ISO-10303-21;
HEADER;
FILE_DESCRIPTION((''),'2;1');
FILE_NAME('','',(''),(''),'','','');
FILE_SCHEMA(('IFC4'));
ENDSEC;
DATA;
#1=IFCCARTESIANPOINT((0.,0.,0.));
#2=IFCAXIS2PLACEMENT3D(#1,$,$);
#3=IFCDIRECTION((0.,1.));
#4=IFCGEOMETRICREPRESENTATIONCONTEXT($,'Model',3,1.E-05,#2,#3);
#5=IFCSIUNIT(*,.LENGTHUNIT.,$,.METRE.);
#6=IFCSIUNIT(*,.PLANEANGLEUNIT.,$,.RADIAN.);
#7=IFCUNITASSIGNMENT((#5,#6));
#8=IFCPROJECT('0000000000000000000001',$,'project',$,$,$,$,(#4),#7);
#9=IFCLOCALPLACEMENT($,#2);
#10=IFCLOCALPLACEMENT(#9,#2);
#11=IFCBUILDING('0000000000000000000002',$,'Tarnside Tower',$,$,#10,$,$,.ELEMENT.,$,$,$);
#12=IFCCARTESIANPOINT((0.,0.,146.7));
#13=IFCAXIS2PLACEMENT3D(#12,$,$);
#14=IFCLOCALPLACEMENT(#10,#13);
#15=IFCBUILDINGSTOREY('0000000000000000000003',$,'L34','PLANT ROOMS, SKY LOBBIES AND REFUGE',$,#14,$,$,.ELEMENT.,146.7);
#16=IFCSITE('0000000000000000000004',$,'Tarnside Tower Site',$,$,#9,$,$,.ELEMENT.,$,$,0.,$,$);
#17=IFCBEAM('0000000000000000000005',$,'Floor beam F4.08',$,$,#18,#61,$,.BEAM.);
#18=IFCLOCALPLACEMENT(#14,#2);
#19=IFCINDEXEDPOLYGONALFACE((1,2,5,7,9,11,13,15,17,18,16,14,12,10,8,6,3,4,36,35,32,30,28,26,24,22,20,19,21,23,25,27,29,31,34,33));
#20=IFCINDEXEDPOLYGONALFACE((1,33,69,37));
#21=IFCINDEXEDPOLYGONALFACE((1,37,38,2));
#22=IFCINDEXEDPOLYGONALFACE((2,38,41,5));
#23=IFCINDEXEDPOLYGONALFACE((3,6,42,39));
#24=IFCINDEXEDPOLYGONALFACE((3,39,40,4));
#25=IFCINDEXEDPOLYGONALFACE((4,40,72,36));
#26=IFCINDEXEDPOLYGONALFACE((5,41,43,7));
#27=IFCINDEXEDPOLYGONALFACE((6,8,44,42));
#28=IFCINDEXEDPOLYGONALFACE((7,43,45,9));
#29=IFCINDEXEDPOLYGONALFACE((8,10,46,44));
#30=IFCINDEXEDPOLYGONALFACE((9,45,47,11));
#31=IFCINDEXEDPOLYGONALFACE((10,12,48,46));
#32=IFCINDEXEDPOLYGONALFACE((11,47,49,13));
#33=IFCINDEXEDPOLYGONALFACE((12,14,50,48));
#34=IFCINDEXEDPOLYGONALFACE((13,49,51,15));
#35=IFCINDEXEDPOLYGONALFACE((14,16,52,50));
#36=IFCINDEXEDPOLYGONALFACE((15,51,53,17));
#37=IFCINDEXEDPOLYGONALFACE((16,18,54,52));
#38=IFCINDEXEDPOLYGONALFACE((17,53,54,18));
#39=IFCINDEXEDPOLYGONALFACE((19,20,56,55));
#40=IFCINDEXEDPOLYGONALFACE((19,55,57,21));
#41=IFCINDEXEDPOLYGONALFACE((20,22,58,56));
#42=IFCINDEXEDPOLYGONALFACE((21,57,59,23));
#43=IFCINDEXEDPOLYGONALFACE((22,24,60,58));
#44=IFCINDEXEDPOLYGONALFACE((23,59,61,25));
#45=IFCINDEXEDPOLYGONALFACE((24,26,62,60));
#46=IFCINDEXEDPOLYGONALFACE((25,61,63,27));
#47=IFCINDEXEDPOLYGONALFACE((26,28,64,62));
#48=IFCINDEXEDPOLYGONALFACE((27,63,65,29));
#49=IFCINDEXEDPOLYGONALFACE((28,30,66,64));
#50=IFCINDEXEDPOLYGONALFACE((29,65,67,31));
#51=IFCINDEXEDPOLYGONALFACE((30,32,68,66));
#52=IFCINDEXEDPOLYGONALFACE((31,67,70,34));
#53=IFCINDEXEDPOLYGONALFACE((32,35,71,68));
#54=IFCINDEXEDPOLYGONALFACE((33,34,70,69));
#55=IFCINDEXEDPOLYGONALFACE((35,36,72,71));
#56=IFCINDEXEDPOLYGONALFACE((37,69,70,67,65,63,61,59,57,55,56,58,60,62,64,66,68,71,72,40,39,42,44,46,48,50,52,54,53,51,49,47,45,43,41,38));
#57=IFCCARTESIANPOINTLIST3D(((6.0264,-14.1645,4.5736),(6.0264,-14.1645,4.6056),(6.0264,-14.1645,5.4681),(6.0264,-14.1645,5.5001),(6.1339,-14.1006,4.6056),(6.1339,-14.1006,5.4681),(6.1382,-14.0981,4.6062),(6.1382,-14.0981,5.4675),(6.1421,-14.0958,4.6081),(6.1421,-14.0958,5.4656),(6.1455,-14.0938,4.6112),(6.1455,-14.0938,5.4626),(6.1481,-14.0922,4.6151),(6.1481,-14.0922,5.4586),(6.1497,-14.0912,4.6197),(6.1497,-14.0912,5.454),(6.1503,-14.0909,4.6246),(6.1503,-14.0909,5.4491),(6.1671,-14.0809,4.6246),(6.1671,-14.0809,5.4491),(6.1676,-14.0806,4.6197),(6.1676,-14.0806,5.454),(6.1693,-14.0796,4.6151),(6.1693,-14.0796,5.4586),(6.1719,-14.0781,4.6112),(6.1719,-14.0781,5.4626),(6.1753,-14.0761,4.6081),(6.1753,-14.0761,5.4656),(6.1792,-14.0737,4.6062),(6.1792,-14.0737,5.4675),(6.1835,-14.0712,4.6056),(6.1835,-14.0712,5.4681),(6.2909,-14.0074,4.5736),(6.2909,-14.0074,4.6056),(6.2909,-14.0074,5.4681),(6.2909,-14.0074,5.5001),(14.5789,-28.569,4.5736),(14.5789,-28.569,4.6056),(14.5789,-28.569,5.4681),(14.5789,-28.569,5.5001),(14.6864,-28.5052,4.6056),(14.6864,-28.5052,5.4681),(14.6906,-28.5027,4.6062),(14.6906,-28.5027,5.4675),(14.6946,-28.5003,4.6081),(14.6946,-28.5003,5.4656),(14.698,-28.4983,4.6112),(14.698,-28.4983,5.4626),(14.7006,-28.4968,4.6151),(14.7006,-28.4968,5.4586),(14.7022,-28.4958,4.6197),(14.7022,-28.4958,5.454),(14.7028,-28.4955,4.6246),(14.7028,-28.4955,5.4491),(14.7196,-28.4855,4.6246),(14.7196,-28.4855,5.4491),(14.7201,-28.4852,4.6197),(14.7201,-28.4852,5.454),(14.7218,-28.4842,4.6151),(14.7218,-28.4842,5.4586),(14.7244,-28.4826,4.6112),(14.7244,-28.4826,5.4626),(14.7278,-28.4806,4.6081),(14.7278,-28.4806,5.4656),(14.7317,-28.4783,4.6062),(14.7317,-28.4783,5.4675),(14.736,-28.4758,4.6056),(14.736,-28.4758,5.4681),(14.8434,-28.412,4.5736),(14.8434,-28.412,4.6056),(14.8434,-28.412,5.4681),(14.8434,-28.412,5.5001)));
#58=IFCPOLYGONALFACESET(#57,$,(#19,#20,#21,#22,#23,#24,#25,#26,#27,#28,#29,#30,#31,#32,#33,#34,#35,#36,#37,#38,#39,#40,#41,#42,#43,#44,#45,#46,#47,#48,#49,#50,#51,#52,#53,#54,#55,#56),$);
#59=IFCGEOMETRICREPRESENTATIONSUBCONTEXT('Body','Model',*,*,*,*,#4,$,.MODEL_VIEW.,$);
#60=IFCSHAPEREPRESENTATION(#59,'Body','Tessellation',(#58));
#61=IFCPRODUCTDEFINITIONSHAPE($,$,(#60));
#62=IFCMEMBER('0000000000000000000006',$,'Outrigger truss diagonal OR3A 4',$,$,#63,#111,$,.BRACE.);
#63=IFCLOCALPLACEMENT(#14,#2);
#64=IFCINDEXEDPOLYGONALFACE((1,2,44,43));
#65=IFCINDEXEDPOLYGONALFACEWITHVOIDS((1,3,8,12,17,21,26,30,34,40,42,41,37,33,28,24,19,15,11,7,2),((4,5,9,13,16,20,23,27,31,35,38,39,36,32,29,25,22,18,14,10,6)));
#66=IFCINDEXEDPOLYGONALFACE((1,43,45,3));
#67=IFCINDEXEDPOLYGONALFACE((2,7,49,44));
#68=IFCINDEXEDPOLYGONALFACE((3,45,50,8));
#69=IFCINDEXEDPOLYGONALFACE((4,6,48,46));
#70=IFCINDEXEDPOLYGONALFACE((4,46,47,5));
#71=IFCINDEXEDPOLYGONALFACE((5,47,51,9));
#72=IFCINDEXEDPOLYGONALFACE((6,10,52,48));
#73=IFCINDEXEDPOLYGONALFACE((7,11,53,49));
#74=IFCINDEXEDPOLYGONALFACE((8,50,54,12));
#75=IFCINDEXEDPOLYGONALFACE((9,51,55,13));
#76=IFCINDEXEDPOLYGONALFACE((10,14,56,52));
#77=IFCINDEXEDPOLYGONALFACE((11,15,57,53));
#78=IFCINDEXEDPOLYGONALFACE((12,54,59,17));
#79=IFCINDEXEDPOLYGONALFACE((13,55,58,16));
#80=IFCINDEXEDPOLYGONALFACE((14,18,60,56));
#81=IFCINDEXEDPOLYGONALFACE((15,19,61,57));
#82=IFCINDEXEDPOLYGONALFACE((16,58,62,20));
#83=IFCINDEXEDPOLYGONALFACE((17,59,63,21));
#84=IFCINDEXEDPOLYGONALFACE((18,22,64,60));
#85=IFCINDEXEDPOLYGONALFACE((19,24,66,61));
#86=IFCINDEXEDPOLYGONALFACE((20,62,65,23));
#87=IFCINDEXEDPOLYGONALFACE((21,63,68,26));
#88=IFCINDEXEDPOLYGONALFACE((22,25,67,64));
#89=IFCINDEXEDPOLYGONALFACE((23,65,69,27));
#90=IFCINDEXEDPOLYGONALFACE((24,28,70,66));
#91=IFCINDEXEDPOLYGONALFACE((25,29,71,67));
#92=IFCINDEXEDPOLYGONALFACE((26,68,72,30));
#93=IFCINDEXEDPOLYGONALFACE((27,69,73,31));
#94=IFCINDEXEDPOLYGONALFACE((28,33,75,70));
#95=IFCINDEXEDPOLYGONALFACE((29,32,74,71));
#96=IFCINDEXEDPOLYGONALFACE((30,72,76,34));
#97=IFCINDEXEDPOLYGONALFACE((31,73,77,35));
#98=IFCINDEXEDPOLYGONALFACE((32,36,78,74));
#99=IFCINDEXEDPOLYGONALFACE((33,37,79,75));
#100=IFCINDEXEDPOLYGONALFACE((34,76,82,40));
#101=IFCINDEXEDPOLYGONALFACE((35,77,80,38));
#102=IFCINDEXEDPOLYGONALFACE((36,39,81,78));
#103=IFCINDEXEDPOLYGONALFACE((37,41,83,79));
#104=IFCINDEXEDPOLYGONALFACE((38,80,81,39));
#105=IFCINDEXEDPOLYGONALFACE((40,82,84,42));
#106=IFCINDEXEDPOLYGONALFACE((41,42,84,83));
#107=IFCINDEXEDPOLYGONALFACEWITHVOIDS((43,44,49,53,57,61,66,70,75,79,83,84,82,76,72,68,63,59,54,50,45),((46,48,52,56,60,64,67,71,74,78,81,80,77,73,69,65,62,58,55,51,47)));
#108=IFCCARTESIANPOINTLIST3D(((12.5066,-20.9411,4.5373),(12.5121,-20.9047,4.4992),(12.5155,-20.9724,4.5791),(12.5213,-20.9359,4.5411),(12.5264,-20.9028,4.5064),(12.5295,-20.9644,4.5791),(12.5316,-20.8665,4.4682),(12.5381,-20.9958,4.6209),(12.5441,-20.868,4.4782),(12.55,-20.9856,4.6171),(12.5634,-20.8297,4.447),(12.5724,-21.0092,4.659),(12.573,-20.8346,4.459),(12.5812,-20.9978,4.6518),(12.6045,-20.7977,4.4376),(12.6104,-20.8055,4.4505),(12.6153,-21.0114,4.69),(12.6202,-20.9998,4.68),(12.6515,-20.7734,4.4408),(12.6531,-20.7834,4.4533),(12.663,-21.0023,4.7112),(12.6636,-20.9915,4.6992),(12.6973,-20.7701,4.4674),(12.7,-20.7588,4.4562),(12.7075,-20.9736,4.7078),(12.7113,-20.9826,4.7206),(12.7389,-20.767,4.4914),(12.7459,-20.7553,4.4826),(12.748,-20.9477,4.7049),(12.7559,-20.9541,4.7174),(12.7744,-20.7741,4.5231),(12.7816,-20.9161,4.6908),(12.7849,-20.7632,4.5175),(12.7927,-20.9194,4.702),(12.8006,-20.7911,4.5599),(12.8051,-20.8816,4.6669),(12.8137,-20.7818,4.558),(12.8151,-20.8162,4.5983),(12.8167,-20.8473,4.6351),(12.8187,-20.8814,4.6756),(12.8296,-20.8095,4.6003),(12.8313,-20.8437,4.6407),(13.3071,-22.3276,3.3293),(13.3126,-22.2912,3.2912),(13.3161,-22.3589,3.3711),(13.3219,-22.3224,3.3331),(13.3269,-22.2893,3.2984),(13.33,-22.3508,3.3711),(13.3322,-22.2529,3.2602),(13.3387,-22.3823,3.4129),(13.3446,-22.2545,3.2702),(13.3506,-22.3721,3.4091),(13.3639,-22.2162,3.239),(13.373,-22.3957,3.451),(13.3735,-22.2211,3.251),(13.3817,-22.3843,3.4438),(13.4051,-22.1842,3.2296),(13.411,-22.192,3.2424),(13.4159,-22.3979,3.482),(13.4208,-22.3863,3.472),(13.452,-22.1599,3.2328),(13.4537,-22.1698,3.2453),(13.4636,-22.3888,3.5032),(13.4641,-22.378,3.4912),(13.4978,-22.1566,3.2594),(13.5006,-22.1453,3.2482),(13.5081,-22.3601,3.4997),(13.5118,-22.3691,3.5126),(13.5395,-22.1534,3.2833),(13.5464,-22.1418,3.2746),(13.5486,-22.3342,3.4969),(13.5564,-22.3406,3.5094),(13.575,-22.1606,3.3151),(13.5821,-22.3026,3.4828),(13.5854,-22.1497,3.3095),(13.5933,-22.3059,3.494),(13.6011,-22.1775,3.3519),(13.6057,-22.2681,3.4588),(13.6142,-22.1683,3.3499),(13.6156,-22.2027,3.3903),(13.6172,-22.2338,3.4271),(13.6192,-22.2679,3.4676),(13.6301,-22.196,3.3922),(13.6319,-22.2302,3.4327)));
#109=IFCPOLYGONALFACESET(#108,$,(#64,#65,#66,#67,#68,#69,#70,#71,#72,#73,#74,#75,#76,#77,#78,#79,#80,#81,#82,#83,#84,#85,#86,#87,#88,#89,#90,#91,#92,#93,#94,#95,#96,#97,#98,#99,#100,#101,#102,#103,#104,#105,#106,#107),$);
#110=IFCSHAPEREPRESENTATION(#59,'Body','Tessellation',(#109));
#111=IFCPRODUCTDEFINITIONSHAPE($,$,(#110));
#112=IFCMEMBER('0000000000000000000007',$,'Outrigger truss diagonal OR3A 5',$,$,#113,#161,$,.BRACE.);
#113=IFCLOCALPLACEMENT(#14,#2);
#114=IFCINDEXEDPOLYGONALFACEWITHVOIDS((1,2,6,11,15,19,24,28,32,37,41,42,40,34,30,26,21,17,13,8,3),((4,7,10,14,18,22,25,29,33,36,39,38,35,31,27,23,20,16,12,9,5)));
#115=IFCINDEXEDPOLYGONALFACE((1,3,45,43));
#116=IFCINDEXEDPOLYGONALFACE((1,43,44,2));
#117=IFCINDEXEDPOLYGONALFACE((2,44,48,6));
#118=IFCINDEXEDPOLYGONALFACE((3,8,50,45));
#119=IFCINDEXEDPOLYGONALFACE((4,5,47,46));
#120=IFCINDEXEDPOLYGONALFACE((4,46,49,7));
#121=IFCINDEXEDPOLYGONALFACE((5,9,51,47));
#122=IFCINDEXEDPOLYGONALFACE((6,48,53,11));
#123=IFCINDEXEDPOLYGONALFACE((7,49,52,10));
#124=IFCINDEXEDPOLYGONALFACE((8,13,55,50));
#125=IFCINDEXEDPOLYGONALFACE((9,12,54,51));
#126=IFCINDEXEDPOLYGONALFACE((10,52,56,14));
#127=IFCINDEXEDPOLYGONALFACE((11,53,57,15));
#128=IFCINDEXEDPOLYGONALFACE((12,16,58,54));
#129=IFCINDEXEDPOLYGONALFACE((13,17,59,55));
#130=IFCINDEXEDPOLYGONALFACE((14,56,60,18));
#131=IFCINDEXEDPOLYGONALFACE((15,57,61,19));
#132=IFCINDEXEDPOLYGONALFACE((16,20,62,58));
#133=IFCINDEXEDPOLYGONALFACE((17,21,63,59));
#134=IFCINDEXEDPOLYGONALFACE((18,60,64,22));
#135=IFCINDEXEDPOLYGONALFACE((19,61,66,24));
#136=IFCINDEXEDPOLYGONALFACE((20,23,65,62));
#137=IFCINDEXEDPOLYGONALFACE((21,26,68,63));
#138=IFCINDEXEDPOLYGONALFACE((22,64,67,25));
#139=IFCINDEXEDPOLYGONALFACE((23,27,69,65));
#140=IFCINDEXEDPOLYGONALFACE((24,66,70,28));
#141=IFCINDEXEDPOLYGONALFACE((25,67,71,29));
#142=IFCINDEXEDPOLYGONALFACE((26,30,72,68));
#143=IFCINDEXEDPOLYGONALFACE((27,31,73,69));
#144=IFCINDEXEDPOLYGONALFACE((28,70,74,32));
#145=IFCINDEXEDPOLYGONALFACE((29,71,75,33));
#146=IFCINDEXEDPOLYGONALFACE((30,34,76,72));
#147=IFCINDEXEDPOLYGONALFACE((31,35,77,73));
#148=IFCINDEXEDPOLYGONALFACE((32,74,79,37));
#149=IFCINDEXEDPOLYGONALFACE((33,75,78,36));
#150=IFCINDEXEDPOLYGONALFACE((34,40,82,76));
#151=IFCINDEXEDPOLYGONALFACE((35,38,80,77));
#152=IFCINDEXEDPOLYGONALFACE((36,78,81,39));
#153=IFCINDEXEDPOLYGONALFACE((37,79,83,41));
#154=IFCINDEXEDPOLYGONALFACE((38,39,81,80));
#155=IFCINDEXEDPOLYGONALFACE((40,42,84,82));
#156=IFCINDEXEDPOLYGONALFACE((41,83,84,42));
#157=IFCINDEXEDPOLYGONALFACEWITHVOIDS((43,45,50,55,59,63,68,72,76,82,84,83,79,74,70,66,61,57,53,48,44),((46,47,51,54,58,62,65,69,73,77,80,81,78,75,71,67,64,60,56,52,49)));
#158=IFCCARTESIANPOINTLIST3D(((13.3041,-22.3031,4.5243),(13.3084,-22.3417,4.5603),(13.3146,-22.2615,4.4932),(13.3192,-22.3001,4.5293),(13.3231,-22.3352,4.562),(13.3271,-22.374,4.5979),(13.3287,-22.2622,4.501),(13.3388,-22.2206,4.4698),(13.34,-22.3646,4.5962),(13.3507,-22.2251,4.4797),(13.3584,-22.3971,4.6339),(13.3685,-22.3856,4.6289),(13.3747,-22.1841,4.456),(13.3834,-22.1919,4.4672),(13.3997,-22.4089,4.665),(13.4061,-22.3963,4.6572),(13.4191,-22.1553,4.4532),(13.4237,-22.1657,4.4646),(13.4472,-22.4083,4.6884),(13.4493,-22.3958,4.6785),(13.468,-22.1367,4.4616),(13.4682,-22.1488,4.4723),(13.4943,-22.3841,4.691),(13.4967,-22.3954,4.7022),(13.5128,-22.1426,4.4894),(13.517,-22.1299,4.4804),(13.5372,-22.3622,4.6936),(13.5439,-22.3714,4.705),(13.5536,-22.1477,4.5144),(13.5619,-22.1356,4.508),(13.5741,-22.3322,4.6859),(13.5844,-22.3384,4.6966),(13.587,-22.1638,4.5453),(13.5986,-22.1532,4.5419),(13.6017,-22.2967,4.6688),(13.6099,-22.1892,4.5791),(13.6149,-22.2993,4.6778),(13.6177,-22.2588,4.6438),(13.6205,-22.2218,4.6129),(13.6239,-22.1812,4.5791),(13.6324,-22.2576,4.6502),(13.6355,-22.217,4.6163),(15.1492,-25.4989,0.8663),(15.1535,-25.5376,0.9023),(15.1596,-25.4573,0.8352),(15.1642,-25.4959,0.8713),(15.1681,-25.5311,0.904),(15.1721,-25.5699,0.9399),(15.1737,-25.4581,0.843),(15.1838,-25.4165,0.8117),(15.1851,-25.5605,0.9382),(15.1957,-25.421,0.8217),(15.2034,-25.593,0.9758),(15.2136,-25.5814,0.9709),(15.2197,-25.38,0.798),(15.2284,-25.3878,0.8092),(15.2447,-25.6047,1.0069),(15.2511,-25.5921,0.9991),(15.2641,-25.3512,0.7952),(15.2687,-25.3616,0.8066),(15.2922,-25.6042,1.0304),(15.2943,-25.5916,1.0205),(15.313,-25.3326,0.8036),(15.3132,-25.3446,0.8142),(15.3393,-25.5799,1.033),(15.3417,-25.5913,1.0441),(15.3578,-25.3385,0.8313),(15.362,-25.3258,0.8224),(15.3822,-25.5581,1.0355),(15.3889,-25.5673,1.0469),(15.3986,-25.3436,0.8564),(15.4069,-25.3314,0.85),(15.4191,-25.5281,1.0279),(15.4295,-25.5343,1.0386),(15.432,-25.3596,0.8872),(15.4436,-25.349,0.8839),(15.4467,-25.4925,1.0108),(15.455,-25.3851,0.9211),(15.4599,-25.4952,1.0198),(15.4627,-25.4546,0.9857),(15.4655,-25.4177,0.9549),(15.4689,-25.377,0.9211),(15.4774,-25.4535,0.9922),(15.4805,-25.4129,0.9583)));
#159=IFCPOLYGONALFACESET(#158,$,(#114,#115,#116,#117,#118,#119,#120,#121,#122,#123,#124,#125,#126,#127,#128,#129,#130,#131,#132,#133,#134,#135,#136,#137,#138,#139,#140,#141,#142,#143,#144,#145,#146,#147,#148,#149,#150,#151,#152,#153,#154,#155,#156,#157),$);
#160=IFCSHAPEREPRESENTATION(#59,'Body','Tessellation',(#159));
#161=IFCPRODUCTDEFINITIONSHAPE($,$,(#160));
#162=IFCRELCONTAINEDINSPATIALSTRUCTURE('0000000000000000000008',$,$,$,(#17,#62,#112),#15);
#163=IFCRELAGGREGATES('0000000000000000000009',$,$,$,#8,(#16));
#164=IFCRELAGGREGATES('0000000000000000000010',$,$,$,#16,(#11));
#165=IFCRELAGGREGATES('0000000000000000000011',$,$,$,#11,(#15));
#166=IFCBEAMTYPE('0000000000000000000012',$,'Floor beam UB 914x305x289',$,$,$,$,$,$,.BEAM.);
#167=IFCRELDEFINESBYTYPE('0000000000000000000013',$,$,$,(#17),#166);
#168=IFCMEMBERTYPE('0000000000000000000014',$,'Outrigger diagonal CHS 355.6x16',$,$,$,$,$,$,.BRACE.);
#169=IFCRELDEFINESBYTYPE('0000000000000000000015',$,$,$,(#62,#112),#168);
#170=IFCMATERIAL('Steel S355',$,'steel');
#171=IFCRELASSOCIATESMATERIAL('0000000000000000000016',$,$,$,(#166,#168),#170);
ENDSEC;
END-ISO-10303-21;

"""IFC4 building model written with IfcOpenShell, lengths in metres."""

from ifc_helpers import new_model, si_unit, direction, frame, origin, origin_2d, place, context, subcontext, project, spatial, hollow_circle, i_section, extrude, material, material_profile, profile_set, type_object, element, save


model = new_model("IFC4")

# Units and contexts
model_context = context("Model", 3, precision=1e-05, world=origin(), true_north=direction((0.0, 1.0)))
body_context = subcontext(model_context, "Body", "Model", "MODEL_VIEW")
ifc_project = project(units=[si_unit("LENGTHUNIT", "METRE"), si_unit("PLANEANGLEUNIT", "RADIAN")], contexts=[model_context])

# Site, building, storey
site_placement = place(None, origin())
site = spatial("IfcSite", under=ifc_project, at=site_placement, Name="Tarnside Tower Site", CompositionType="ELEMENT", RefElevation=0.0)
building_placement = place(site_placement, origin())
building = spatial("IfcBuilding", under=site, at=building_placement, Name="Tarnside Tower", CompositionType="ELEMENT")
storey_placement = place(building_placement, frame((0.0, 0.0, 146.7)))
storey = spatial("IfcBuildingStorey", under=building, at=storey_placement, Name="L34", Description="PLANT ROOMS, SKY LOBBIES AND REFUGE", CompositionType="ELEMENT", Elevation=146.7)

# Beam
ifc_material_1 = material(Name="Steel S355", Category="steel")
ifc_material_profile_1 = material_profile(ifc_material_1, i_section(OverallWidth=0.3076, OverallDepth=0.9265, WebThickness=0.0195, FlangeThickness=0.032, FilletRadius=0.019, at=origin_2d()), Name="UB 914x305x289")
ifc_profile_set_1 = profile_set([ifc_material_profile_1], Name="Steel S355")
beam_type = type_object("IfcBeamType", Name="Floor beam UB 914x305x289", PredefinedType="BEAM", material=ifc_profile_set_1)
beam_placement = place(storey_placement, frame((14.7112, -28.4905, 5.0369), z_axis=(-0.51053, 0.85986, 0.0), x_axis=(-0.85986, -0.51053, 0.0)))
element("IfcBeam", 1, at=beam_placement, inside=storey, type_object=beam_type, Name="Floor beam F4.08", PredefinedType="BEAM", context=body_context, shape_type="SweptSolid", body=[
    extrude(i_section(OverallWidth=0.3076, OverallDepth=0.9265, WebThickness=0.0195, FlangeThickness=0.032, FilletRadius=0.019, at=origin_2d()), origin(), (0.0, 0.0, 1.0), 16.7522),
])

# Members
ifc_material_profile_2 = material_profile(ifc_material_1, hollow_circle(Radius=0.1777, WallThickness=0.0161, at=origin_2d()), Name="CHS 355.6x16")
ifc_profile_set_2 = profile_set([ifc_material_profile_2], Name="Steel S355")
member_type_1 = type_object("IfcMemberType", Name="Outrigger diagonal CHS 355.6x16", PredefinedType="BRACE", material=ifc_profile_set_2)
member_1_placement = place(storey_placement, frame((13.47, -22.27, 3.3711), z_axis=(-0.39915, 0.6913, 0.602316), x_axis=(-0.86601, -0.500026, 0.0)))
element("IfcMember", 2, at=member_1_placement, inside=storey, type_object=member_type_1, Name="Outrigger truss diagonal OR3A 4", PredefinedType="BRACE", context=body_context, shape_type="SweptSolid", body=[
    extrude(hollow_circle(Radius=0.1777, WallThickness=0.0161, at=origin_2d()), origin(), (0.0, 0.0, 1.0), 2.0056),
])
member_2_placement = place(storey_placement, frame((13.47, -22.27, 4.5791), z_axis=(0.35508, -0.615058, -0.704004), x_axis=(0.86604, 0.499974, 0.0)))
element("IfcMember", 3, at=member_2_placement, inside=storey, type_object=member_type_1, Name="Outrigger truss diagonal OR3A 5", PredefinedType="BRACE", context=body_context, shape_type="SweptSolid", body=[
    extrude(hollow_circle(Radius=0.1777, WallThickness=0.0161, at=origin_2d()), origin(), (0.0, 0.0, 1.0), 5.196),
])

save(model, "model.ifc")
